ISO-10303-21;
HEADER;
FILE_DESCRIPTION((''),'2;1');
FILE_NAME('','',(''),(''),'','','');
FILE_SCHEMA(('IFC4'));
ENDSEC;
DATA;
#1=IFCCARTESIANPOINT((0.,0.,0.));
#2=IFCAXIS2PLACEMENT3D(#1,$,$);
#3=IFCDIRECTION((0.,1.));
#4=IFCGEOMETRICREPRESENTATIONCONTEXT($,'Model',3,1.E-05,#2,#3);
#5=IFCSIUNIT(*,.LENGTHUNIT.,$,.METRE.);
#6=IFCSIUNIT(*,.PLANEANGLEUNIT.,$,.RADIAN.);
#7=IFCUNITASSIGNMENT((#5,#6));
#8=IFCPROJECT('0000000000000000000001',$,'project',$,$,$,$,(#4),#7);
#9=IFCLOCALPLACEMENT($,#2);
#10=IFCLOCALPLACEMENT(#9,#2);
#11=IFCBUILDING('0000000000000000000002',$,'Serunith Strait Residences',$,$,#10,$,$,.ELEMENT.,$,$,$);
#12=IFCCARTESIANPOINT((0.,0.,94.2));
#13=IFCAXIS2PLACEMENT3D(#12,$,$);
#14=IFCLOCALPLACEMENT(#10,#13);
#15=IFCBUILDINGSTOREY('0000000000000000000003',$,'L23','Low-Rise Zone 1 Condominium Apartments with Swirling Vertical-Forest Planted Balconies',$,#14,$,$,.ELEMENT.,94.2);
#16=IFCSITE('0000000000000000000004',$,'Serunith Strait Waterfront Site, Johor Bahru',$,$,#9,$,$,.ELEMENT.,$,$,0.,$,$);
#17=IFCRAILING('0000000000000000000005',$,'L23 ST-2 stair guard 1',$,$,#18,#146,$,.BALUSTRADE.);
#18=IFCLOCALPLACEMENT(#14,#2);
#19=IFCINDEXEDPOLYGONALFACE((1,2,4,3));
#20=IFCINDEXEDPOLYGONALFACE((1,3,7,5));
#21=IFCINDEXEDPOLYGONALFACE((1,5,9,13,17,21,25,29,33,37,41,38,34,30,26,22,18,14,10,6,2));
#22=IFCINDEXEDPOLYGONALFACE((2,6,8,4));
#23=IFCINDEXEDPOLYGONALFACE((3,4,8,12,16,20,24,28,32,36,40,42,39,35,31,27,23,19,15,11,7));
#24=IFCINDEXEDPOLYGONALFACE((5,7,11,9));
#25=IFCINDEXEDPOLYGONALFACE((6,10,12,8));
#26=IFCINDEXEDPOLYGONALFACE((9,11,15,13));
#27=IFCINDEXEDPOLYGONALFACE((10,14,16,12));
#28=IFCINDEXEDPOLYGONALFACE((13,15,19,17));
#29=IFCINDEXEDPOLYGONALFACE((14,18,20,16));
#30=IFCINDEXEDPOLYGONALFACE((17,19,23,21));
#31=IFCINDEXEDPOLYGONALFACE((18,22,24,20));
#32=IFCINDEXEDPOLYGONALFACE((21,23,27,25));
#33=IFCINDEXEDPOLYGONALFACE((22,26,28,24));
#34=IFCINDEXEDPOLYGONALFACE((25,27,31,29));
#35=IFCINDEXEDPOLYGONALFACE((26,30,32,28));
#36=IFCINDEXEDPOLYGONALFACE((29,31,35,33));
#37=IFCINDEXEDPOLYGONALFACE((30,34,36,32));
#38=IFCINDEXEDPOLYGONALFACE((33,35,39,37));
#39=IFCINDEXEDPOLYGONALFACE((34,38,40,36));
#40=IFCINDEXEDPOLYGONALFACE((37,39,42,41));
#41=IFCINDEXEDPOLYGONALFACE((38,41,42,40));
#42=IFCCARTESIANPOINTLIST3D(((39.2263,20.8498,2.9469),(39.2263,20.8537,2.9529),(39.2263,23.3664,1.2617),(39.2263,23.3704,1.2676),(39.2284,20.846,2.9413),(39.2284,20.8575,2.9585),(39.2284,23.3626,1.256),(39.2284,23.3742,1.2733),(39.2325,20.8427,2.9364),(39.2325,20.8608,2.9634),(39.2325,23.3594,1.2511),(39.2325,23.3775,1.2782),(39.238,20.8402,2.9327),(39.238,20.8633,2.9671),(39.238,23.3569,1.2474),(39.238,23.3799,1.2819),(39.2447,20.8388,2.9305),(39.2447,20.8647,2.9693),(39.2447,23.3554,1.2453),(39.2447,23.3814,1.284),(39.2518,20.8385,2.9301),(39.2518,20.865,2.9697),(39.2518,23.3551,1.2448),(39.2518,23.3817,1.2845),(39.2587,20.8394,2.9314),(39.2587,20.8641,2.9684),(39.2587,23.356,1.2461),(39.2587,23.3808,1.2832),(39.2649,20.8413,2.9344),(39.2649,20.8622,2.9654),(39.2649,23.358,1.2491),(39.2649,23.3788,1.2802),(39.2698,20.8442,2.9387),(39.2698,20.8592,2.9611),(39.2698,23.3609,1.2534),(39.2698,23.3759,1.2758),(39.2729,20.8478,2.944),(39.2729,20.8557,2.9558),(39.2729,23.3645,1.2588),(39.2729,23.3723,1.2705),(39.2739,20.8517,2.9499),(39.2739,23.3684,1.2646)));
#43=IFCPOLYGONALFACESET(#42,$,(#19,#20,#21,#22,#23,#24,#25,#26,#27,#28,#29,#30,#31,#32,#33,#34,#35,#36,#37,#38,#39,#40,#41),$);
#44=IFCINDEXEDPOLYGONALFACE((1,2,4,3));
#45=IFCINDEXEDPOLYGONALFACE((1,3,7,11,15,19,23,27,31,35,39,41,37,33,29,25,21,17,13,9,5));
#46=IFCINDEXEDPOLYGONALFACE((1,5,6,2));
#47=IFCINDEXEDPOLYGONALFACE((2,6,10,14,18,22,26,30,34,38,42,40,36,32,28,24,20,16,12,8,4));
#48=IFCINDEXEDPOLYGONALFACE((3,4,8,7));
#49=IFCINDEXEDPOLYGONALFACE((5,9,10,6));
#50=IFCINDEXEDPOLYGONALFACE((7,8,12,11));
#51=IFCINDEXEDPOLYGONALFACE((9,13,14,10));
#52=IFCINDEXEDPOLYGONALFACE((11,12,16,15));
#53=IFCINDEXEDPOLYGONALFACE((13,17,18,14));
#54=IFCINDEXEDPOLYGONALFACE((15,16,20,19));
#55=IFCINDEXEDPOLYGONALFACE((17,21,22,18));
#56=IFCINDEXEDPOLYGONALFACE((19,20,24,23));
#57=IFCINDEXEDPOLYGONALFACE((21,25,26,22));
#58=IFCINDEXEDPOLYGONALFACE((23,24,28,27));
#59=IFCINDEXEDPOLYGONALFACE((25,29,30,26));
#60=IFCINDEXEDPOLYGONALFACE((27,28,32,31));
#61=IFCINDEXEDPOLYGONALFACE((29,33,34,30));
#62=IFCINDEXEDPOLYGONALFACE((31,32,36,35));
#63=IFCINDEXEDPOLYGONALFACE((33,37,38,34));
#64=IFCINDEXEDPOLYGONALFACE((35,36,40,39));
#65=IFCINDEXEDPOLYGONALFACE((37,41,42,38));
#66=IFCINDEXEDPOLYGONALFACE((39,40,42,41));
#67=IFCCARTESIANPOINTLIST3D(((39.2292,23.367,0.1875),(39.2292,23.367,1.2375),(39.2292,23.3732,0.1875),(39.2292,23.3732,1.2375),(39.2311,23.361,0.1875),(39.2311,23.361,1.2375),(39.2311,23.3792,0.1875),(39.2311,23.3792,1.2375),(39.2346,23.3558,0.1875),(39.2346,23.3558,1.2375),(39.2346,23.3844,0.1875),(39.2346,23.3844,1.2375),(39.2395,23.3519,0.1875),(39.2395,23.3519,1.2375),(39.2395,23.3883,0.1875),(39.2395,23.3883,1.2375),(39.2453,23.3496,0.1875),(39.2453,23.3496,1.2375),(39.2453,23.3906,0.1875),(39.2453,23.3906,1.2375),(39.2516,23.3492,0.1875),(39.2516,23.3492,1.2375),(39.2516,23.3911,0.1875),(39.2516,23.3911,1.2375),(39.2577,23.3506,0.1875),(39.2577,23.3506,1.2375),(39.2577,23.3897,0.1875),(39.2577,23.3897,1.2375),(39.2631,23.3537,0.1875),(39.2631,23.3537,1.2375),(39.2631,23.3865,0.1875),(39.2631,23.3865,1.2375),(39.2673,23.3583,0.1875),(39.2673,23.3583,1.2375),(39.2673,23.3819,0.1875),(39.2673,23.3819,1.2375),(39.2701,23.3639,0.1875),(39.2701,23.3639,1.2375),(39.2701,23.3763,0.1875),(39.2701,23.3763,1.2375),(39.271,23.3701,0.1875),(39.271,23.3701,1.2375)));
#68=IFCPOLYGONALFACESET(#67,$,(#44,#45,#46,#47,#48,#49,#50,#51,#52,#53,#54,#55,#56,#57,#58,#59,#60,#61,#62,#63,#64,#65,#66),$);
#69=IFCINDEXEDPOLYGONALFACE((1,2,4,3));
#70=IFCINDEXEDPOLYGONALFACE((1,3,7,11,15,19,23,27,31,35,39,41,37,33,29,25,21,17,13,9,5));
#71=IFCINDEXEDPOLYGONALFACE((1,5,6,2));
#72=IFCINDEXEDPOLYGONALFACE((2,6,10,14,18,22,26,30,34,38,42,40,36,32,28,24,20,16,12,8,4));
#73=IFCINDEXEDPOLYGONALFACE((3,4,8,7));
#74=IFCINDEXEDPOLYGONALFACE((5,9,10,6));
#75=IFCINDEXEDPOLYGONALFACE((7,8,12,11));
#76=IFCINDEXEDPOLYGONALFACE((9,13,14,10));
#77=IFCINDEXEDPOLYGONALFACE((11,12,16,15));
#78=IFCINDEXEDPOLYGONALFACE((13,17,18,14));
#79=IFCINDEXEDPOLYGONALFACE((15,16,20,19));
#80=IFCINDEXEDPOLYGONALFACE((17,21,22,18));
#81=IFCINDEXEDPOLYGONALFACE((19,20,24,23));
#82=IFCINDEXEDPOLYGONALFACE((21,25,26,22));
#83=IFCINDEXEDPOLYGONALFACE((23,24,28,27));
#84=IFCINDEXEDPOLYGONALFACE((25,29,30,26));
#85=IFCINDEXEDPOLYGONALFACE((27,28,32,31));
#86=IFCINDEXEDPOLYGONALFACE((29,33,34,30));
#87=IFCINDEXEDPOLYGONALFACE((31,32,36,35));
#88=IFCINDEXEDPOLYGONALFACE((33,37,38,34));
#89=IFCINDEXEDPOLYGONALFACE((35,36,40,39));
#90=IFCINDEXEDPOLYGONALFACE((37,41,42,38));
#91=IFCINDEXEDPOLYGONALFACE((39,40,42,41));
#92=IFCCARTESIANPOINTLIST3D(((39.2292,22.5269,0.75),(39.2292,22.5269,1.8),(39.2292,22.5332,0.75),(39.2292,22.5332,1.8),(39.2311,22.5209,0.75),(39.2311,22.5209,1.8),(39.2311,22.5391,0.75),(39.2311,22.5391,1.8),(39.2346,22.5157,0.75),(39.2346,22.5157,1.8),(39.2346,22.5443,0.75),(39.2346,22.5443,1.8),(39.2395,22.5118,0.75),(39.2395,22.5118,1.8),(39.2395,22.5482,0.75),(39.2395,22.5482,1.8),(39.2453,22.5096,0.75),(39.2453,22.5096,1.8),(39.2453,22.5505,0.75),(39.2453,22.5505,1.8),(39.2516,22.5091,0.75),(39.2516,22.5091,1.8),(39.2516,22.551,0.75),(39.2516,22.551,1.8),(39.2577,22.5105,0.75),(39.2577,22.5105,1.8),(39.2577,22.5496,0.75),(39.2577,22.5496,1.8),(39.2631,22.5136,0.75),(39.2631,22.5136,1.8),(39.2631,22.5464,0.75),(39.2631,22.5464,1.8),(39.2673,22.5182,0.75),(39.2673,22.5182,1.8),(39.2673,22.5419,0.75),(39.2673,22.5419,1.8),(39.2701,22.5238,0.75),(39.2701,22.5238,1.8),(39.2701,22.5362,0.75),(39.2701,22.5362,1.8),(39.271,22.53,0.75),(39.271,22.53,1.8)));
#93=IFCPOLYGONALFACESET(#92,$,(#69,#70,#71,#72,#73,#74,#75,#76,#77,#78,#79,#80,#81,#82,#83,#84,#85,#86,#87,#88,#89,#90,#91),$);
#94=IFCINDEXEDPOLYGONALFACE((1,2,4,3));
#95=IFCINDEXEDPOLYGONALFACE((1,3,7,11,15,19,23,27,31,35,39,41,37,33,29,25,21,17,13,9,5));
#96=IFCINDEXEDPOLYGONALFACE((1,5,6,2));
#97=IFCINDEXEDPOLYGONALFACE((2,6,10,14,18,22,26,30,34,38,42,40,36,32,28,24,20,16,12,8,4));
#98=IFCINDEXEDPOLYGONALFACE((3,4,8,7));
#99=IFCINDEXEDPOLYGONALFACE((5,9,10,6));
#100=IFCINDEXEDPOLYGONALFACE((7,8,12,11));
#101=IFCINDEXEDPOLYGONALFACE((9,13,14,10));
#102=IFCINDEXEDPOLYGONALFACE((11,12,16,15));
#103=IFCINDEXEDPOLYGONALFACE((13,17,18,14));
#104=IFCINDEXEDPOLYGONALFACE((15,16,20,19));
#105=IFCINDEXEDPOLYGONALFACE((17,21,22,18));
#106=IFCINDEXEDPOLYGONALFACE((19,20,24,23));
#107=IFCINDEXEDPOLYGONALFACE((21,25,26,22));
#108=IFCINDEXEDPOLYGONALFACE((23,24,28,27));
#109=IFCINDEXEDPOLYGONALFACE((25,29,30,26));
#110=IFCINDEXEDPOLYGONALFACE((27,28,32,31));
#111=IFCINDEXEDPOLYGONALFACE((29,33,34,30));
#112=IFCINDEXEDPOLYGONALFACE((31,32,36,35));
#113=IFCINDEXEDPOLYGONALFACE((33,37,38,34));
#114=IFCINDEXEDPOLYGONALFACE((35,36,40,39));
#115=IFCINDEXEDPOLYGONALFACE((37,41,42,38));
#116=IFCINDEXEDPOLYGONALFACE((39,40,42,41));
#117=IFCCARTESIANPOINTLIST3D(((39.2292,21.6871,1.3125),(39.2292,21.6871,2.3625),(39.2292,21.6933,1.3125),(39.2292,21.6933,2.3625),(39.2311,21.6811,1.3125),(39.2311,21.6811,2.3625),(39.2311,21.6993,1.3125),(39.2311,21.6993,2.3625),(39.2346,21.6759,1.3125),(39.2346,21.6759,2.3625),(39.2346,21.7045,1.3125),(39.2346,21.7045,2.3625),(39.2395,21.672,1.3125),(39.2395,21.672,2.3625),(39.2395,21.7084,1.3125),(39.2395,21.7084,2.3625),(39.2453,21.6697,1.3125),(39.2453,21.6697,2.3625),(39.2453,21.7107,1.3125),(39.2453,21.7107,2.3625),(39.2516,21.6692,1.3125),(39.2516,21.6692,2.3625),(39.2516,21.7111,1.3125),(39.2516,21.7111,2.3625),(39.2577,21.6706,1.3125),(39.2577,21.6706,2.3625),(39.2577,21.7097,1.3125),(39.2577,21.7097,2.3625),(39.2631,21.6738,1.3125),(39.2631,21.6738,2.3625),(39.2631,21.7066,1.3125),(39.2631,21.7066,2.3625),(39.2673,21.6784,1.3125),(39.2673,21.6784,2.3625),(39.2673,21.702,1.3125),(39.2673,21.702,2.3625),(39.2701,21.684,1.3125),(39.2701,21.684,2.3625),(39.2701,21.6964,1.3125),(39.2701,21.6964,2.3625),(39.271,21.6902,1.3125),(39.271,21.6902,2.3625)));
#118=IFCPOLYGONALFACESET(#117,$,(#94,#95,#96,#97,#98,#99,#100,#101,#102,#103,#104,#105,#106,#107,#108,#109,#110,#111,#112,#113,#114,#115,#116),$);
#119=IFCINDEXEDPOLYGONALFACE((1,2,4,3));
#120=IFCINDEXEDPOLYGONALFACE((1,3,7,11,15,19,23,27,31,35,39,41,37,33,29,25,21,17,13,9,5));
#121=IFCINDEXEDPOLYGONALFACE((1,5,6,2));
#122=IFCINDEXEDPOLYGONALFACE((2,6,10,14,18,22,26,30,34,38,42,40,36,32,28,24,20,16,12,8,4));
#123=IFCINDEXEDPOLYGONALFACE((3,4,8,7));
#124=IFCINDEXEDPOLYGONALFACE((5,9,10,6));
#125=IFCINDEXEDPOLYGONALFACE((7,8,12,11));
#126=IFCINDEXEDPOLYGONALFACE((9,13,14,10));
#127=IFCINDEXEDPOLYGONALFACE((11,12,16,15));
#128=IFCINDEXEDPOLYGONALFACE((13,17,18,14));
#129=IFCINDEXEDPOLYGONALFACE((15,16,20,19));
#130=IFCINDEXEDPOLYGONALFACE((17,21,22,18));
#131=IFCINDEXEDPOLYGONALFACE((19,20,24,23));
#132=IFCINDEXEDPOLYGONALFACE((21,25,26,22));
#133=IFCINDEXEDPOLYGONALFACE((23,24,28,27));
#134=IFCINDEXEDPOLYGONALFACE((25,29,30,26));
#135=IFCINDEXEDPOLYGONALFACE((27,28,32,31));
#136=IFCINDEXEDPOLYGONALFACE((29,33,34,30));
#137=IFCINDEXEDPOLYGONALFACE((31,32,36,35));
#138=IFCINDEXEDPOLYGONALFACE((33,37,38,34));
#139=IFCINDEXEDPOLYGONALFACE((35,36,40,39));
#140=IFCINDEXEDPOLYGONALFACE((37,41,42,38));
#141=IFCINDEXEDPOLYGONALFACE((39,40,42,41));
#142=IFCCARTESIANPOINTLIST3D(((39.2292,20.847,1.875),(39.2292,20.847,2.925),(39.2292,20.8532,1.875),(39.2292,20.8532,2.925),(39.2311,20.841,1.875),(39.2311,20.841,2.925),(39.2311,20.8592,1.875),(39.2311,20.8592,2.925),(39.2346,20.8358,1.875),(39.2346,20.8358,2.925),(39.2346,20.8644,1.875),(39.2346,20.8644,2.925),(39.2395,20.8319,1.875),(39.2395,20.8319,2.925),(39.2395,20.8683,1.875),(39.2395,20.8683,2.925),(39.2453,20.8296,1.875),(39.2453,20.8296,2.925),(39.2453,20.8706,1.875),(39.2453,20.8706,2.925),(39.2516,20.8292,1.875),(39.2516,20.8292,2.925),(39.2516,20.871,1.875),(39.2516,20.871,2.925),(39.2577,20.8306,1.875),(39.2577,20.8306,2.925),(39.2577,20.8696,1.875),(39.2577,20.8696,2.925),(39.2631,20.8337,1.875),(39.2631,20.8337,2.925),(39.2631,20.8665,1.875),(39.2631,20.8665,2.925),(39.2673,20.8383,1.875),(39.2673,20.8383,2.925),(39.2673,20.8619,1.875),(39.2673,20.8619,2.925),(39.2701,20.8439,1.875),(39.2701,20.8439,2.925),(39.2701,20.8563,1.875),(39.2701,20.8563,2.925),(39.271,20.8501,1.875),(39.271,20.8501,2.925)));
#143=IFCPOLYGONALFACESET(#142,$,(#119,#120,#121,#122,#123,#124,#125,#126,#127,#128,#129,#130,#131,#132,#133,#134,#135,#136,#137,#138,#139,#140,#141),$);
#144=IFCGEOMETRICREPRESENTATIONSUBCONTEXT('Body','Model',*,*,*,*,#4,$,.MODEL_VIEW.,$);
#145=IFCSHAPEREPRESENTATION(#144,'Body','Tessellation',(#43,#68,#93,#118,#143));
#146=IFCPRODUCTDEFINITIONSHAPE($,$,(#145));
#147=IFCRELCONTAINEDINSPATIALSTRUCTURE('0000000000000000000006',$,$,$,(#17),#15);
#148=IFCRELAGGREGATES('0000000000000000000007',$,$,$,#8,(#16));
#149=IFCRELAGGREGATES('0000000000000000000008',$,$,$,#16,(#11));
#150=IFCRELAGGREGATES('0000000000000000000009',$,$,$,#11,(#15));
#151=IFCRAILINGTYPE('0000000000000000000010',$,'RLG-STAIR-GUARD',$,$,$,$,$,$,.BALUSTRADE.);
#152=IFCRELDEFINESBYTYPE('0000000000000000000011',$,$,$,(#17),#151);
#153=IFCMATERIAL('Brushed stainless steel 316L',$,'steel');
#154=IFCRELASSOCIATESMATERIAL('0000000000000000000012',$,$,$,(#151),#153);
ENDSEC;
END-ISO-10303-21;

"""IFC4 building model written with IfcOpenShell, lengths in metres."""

from ifc_helpers import new_model, si_unit, direction, frame, origin, origin_2d, place, context, subcontext, project, spatial, circle, extrude, material, type_object, element, save


model = new_model("IFC4")

# Units and contexts
model_context = context("Model", 3, precision=1e-05, world=origin(), true_north=direction((0.0, 1.0)))
body_context = subcontext(model_context, "Body", "Model", "MODEL_VIEW")
ifc_project = project(units=[si_unit("LENGTHUNIT", "METRE"), si_unit("PLANEANGLEUNIT", "RADIAN")], contexts=[model_context])

# Site, building, storey
site_placement = place(None, origin())
site = spatial("IfcSite", under=ifc_project, at=site_placement, Name="Serunith Strait Waterfront Site, Johor Bahru", CompositionType="ELEMENT", RefElevation=0.0)
building_placement = place(site_placement, origin())
building = spatial("IfcBuilding", under=site, at=building_placement, Name="Serunith Strait Residences", CompositionType="ELEMENT")
storey_placement = place(building_placement, frame((0.0, 0.0, 94.2)))
storey = spatial("IfcBuildingStorey", under=building, at=storey_placement, Name="L23", Description="Low-Rise Zone 1 Condominium Apartments with Swirling Vertical-Forest Planted Balconies", CompositionType="ELEMENT", Elevation=94.2)

# Railing
ifc_material_1 = material(Name="Brushed stainless steel 316L", Category="steel")
railing_type_1 = type_object("IfcRailingType", Name="RLG-STAIR-GUARD", PredefinedType="BALUSTRADE", material=ifc_material_1)
railing_1_placement = place(storey_placement, frame((39.25, 23.3701, 0.1875)))
element("IfcRailing", 1, at=railing_1_placement, inside=storey, type_object=railing_type_1, Name="L23 ST-2 stair guard 1", PredefinedType="BALUSTRADE", context=body_context, shape_type="SweptSolid", body=[
    extrude(circle(Radius=0.0239, at=origin_2d()), frame((0.0, -0.0017, 1.0771), z_axis=(0.0, -0.830909, 0.556408), x_axis=(1.0, 0.0, 0.0)), (0.0, 0.0, 1.0), 3.0288),
    extrude(circle(Radius=0.021, at=origin_2d()), origin(), (0.0, 0.0, 1.0), 1.05),
    extrude(circle(Radius=0.021, at=origin_2d()), frame((0.0, -0.8401, 0.5625)), (0.0, 0.0, 1.0), 1.05),
    extrude(circle(Radius=0.021, at=origin_2d()), frame((0.0, -1.6799, 1.125)), (0.0, 0.0, 1.0), 1.05),
    extrude(circle(Radius=0.021, at=origin_2d()), frame((0.0, -2.52, 1.6875)), (0.0, 0.0, 1.0), 1.05),
])

save(model, "model.ifc")
